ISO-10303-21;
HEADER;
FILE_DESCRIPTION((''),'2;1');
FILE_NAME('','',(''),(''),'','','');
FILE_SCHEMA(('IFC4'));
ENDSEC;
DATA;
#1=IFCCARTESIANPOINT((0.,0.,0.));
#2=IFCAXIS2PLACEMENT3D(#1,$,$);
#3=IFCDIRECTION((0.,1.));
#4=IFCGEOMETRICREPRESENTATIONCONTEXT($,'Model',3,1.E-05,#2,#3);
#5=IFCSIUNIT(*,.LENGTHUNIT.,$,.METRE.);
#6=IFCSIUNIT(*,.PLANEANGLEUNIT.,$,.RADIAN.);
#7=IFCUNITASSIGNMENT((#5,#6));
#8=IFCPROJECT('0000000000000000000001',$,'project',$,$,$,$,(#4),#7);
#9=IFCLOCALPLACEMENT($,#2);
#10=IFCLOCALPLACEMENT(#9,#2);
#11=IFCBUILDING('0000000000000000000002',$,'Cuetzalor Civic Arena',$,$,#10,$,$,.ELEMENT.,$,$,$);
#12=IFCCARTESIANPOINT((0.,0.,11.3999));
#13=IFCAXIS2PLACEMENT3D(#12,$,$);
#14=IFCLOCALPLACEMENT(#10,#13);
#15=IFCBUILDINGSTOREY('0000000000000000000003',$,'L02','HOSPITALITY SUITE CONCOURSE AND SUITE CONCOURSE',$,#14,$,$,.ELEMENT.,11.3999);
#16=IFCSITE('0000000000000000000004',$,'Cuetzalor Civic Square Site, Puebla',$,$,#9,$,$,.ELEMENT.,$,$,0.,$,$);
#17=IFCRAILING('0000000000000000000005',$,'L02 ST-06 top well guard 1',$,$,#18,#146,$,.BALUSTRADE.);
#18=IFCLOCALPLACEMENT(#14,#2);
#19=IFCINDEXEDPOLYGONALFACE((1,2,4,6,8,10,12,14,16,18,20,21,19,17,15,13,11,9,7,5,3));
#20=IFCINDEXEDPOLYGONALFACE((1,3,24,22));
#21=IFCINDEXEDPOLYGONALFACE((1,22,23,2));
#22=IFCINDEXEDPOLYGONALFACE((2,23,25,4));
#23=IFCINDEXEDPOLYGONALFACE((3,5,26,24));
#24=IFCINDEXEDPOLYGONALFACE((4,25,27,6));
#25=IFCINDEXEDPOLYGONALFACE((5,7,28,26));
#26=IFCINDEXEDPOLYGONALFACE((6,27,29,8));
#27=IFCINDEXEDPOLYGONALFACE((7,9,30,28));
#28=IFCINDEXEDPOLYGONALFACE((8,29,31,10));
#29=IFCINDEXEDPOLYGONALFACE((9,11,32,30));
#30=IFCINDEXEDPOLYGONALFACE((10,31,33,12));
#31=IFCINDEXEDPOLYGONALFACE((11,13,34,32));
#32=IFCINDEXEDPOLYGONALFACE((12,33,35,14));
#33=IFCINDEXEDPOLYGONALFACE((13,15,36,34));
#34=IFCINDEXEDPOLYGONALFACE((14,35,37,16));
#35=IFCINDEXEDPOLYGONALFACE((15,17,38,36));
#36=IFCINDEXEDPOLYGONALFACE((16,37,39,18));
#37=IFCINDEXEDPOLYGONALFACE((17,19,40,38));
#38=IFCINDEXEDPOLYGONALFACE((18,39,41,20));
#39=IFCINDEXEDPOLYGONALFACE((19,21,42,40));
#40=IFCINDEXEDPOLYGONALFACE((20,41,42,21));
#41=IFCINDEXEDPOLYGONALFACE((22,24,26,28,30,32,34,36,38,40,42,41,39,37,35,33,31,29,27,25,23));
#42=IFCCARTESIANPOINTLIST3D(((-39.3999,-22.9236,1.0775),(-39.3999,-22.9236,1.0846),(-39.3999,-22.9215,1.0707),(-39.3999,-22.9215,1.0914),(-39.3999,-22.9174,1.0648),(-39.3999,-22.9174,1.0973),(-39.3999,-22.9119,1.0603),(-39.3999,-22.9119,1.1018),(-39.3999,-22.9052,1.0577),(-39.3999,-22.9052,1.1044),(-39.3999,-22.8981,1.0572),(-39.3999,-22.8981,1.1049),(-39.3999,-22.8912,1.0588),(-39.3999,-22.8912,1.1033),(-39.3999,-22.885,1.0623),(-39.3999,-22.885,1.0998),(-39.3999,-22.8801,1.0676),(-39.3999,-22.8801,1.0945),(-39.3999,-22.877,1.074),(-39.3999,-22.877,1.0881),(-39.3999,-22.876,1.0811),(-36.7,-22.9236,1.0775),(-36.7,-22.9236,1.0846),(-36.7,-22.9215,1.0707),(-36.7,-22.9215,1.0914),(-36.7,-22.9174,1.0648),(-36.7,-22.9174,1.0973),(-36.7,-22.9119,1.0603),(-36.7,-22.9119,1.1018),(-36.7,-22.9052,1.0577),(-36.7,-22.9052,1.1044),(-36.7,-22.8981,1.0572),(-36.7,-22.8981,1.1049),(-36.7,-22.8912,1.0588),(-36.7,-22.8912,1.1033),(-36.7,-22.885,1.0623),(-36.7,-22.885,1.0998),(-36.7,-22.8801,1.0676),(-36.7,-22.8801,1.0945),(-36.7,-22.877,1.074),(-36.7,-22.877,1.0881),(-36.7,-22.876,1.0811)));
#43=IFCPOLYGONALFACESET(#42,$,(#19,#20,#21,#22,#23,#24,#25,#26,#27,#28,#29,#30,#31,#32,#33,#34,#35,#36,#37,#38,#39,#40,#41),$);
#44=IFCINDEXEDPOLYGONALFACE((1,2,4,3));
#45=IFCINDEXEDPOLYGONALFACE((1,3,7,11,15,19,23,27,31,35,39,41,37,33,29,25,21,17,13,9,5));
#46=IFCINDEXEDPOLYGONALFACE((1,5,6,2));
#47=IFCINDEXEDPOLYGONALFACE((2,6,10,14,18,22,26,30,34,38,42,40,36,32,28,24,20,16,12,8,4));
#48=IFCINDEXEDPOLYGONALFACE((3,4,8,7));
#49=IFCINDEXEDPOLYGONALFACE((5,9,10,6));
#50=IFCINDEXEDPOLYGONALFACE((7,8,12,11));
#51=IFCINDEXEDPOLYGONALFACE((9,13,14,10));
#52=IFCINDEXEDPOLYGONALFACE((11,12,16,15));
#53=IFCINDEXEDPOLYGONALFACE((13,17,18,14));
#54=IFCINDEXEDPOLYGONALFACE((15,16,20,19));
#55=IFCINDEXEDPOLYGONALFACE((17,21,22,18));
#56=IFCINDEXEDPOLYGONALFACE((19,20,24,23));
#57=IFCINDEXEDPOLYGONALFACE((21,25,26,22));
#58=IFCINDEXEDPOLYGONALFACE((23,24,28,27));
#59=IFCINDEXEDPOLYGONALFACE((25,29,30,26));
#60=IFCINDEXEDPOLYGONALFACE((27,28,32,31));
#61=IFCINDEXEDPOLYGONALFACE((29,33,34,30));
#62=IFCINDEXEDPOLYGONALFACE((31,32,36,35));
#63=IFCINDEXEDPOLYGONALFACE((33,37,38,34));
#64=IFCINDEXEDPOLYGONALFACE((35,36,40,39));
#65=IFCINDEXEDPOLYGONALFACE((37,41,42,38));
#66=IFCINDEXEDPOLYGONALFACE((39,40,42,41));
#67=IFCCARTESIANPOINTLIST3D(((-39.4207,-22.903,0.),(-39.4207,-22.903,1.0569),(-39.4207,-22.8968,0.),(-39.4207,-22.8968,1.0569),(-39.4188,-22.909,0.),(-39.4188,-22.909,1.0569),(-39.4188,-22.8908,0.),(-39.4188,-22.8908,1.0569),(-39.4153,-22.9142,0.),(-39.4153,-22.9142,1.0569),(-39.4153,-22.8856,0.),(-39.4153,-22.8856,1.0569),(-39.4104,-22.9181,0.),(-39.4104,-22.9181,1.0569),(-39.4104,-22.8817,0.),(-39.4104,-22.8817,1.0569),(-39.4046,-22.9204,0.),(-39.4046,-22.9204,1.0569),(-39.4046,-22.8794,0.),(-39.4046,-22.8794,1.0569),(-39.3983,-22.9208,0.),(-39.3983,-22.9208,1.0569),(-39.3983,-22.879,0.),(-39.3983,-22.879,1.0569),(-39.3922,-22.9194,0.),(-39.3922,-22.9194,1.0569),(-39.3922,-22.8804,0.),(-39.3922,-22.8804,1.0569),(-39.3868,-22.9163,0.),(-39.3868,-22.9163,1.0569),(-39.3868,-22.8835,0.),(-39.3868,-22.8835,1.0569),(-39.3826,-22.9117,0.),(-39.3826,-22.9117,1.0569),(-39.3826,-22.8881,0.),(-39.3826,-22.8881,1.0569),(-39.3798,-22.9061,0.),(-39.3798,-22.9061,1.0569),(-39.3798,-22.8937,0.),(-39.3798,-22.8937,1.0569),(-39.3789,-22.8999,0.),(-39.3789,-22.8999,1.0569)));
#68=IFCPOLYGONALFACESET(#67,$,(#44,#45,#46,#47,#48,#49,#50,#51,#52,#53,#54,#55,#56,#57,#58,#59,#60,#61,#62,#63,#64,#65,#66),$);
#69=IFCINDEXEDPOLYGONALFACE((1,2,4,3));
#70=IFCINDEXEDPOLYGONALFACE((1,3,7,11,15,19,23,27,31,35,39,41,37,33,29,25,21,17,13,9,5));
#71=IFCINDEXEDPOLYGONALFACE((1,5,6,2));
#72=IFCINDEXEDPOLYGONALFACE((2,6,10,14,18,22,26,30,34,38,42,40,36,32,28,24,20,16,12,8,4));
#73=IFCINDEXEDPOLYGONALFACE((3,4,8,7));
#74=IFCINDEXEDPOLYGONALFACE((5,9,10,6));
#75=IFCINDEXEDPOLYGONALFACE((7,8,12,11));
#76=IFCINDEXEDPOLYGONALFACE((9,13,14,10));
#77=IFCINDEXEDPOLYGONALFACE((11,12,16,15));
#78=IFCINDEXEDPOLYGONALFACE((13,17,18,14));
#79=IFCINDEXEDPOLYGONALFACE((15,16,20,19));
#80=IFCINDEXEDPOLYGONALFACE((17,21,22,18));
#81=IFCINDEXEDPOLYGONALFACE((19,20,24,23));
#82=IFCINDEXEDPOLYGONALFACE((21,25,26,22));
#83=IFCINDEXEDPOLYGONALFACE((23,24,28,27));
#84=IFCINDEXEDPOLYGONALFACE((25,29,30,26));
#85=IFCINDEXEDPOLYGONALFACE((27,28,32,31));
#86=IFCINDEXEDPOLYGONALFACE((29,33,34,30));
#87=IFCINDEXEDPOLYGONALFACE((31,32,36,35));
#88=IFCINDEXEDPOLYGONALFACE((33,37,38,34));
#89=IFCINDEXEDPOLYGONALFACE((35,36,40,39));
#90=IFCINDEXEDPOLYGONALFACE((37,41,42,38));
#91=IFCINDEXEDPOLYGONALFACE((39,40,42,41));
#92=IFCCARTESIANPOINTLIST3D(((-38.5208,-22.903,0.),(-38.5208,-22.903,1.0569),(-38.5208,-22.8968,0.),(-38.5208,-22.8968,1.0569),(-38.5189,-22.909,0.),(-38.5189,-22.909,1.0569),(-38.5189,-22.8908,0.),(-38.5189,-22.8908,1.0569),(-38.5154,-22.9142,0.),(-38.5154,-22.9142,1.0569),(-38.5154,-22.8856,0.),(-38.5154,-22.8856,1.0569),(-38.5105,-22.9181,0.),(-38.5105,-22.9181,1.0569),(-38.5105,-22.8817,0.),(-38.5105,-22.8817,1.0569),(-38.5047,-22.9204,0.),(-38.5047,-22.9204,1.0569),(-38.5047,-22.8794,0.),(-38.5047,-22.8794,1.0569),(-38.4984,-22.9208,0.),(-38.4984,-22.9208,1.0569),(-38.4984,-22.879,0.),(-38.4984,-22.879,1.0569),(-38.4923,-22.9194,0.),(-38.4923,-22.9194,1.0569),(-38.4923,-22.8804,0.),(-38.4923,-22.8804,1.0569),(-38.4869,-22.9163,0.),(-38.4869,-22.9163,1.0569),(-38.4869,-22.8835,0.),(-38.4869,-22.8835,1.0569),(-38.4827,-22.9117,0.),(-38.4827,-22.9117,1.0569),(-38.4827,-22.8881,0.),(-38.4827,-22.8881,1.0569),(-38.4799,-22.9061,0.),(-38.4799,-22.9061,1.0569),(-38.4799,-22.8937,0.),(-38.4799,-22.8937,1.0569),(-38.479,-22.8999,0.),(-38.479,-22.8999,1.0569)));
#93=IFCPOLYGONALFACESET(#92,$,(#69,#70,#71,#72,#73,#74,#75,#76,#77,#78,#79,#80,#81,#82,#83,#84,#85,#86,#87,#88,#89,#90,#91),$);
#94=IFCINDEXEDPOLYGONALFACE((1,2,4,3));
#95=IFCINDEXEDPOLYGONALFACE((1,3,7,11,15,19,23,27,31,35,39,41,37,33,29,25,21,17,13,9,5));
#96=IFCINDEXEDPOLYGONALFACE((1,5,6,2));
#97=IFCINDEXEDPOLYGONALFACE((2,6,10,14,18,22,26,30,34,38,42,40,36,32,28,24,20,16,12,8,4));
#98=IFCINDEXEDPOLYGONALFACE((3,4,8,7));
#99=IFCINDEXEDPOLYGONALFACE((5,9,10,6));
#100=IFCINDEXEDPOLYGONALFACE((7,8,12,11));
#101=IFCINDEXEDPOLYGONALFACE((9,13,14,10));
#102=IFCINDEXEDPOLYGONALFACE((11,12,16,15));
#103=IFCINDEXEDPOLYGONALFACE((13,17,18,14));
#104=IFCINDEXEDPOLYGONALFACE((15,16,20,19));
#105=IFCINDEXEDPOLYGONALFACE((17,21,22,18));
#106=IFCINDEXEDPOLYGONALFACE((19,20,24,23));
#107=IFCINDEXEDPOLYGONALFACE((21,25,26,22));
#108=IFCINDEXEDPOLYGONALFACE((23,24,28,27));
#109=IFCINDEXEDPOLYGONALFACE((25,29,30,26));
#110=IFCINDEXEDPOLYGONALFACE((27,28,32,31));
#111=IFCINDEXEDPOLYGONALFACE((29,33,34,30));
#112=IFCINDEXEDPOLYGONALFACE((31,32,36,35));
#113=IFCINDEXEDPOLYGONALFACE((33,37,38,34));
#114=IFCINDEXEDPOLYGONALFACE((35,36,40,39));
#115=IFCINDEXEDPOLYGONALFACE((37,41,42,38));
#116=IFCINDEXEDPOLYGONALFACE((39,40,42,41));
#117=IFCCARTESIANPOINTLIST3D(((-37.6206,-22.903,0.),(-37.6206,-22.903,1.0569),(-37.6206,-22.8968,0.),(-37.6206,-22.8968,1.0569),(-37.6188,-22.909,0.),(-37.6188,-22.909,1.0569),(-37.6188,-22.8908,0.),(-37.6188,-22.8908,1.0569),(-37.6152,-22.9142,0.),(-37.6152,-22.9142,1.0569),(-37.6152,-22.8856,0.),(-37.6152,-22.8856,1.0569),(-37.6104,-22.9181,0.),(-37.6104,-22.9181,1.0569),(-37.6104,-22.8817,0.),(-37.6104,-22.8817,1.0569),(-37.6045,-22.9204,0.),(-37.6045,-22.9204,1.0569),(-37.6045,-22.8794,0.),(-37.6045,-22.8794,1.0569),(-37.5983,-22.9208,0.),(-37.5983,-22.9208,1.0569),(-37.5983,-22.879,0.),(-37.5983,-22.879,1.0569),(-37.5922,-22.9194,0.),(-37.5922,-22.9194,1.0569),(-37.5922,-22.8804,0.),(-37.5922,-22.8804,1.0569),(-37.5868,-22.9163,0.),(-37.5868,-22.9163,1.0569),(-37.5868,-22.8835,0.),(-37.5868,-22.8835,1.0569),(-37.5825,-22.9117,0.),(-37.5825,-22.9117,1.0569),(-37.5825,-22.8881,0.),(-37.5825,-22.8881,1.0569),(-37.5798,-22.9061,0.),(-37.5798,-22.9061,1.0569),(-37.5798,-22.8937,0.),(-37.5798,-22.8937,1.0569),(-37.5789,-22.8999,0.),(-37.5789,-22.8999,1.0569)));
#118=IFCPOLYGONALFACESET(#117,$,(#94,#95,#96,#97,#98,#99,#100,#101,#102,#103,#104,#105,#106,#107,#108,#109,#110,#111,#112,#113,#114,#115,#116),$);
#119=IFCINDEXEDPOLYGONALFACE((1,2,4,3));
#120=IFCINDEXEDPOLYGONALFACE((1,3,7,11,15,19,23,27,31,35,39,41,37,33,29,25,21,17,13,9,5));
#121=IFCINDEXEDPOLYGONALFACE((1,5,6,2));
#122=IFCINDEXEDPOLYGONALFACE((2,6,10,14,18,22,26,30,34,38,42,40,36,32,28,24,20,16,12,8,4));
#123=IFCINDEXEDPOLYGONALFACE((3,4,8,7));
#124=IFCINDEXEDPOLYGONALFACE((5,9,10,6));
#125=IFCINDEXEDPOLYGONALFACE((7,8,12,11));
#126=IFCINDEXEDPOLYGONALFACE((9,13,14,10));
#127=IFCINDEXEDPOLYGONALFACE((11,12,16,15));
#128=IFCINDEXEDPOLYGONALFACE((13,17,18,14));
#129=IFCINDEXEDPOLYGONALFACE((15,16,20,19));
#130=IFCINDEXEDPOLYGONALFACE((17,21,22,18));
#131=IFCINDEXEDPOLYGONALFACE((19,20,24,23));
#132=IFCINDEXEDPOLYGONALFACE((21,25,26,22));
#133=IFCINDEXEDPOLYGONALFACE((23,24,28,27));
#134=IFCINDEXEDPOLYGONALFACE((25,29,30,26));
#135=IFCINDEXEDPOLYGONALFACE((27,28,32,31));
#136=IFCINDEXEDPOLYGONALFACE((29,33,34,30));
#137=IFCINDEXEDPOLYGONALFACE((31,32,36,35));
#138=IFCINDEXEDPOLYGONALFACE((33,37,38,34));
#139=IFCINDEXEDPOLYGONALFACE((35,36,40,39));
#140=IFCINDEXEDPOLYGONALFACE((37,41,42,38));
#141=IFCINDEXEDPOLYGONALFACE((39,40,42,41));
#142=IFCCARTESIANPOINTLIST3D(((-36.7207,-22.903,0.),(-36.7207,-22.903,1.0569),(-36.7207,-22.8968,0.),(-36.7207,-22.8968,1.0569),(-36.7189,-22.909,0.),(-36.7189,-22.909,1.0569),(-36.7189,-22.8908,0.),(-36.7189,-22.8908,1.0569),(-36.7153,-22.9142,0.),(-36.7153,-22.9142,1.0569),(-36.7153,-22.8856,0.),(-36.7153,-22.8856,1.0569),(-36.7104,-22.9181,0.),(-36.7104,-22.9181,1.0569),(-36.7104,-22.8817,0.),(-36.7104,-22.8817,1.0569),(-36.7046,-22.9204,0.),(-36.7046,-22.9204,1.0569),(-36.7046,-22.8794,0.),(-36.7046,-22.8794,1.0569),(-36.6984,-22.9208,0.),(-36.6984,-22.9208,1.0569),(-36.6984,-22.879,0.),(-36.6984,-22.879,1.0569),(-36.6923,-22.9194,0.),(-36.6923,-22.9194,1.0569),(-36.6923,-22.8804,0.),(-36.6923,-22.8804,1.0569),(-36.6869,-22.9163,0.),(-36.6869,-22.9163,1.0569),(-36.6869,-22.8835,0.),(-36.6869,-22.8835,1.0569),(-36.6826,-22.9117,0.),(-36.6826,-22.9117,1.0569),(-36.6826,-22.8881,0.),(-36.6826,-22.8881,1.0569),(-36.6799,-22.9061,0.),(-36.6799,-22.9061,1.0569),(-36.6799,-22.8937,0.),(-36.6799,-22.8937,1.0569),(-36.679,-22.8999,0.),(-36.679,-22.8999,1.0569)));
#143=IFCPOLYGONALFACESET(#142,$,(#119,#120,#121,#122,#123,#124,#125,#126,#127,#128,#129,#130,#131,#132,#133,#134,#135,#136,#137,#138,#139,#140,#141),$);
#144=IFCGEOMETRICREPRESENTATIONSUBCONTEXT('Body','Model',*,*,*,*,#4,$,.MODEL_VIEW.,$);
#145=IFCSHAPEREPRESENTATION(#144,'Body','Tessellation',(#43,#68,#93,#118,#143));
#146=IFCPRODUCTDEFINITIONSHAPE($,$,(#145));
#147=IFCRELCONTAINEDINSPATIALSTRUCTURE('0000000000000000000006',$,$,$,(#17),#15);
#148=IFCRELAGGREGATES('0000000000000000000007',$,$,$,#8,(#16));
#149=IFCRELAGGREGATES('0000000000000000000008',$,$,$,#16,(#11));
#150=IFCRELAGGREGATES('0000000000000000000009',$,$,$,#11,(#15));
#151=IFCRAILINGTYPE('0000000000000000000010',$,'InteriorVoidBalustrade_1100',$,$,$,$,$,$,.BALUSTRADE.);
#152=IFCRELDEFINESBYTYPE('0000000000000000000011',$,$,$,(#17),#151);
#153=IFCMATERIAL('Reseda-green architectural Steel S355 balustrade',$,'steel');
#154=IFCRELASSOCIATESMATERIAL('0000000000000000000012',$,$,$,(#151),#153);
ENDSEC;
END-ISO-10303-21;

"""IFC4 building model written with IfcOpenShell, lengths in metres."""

from ifc_helpers import new_model, si_unit, direction, frame, origin, origin_2d, place, context, subcontext, project, spatial, circle, extrude, material, type_object, element, save


model = new_model("IFC4")

# Units and contexts
model_context = context("Model", 3, precision=1e-05, world=origin(), true_north=direction((0.0, 1.0)))
body_context = subcontext(model_context, "Body", "Model", "MODEL_VIEW")
ifc_project = project(units=[si_unit("LENGTHUNIT", "METRE"), si_unit("PLANEANGLEUNIT", "RADIAN")], contexts=[model_context])

# Site, building, storey
site_placement = place(None, origin())
site = spatial("IfcSite", under=ifc_project, at=site_placement, Name="Cuetzalor Civic Square Site, Puebla", CompositionType="ELEMENT", RefElevation=0.0)
building_placement = place(site_placement, origin())
building = spatial("IfcBuilding", under=site, at=building_placement, Name="Cuetzalor Civic Arena", CompositionType="ELEMENT")
storey_placement = place(building_placement, frame((0.0, 0.0, 11.3999)))
storey = spatial("IfcBuildingStorey", under=building, at=storey_placement, Name="L02", Description="HOSPITALITY SUITE CONCOURSE AND SUITE CONCOURSE", CompositionType="ELEMENT", Elevation=11.3999)

# Railing
ifc_material_1 = material(Name="Reseda-green architectural Steel S355 balustrade", Category="steel")
railing_type_1 = type_object("IfcRailingType", Name="InteriorVoidBalustrade_1100", PredefinedType="BALUSTRADE", material=ifc_material_1)
railing_1_placement = place(storey_placement, frame((-39.3999, -22.8999, 0.0)))
element("IfcRailing", 1, at=railing_1_placement, inside=storey, type_object=railing_type_1, Name="L02 ST-06 top well guard 1", PredefinedType="BALUSTRADE", context=body_context, shape_type="SweptSolid", body=[
    extrude(circle(Radius=0.0239, at=origin_2d()), frame((0.0, 0.0, 1.0811), z_axis=(1.0, 0.0, 0.0), x_axis=(0.0, 1.0, 0.0)), (0.0, 0.0, 1.0), 2.7),
    extrude(circle(Radius=0.021, at=origin_2d()), origin(), (0.0, 0.0, 1.0), 1.0569),
    extrude(circle(Radius=0.021, at=origin_2d()), frame((0.8999, 0.0, 0.0)), (0.0, 0.0, 1.0), 1.0569),
    extrude(circle(Radius=0.021, at=origin_2d()), frame((1.8, 0.0, 0.0)), (0.0, 0.0, 1.0), 1.0569),
    extrude(circle(Radius=0.021, at=origin_2d()), frame((2.7, 0.0, 0.0)), (0.0, 0.0, 1.0), 1.0569),
])

save(model, "model.ifc")
